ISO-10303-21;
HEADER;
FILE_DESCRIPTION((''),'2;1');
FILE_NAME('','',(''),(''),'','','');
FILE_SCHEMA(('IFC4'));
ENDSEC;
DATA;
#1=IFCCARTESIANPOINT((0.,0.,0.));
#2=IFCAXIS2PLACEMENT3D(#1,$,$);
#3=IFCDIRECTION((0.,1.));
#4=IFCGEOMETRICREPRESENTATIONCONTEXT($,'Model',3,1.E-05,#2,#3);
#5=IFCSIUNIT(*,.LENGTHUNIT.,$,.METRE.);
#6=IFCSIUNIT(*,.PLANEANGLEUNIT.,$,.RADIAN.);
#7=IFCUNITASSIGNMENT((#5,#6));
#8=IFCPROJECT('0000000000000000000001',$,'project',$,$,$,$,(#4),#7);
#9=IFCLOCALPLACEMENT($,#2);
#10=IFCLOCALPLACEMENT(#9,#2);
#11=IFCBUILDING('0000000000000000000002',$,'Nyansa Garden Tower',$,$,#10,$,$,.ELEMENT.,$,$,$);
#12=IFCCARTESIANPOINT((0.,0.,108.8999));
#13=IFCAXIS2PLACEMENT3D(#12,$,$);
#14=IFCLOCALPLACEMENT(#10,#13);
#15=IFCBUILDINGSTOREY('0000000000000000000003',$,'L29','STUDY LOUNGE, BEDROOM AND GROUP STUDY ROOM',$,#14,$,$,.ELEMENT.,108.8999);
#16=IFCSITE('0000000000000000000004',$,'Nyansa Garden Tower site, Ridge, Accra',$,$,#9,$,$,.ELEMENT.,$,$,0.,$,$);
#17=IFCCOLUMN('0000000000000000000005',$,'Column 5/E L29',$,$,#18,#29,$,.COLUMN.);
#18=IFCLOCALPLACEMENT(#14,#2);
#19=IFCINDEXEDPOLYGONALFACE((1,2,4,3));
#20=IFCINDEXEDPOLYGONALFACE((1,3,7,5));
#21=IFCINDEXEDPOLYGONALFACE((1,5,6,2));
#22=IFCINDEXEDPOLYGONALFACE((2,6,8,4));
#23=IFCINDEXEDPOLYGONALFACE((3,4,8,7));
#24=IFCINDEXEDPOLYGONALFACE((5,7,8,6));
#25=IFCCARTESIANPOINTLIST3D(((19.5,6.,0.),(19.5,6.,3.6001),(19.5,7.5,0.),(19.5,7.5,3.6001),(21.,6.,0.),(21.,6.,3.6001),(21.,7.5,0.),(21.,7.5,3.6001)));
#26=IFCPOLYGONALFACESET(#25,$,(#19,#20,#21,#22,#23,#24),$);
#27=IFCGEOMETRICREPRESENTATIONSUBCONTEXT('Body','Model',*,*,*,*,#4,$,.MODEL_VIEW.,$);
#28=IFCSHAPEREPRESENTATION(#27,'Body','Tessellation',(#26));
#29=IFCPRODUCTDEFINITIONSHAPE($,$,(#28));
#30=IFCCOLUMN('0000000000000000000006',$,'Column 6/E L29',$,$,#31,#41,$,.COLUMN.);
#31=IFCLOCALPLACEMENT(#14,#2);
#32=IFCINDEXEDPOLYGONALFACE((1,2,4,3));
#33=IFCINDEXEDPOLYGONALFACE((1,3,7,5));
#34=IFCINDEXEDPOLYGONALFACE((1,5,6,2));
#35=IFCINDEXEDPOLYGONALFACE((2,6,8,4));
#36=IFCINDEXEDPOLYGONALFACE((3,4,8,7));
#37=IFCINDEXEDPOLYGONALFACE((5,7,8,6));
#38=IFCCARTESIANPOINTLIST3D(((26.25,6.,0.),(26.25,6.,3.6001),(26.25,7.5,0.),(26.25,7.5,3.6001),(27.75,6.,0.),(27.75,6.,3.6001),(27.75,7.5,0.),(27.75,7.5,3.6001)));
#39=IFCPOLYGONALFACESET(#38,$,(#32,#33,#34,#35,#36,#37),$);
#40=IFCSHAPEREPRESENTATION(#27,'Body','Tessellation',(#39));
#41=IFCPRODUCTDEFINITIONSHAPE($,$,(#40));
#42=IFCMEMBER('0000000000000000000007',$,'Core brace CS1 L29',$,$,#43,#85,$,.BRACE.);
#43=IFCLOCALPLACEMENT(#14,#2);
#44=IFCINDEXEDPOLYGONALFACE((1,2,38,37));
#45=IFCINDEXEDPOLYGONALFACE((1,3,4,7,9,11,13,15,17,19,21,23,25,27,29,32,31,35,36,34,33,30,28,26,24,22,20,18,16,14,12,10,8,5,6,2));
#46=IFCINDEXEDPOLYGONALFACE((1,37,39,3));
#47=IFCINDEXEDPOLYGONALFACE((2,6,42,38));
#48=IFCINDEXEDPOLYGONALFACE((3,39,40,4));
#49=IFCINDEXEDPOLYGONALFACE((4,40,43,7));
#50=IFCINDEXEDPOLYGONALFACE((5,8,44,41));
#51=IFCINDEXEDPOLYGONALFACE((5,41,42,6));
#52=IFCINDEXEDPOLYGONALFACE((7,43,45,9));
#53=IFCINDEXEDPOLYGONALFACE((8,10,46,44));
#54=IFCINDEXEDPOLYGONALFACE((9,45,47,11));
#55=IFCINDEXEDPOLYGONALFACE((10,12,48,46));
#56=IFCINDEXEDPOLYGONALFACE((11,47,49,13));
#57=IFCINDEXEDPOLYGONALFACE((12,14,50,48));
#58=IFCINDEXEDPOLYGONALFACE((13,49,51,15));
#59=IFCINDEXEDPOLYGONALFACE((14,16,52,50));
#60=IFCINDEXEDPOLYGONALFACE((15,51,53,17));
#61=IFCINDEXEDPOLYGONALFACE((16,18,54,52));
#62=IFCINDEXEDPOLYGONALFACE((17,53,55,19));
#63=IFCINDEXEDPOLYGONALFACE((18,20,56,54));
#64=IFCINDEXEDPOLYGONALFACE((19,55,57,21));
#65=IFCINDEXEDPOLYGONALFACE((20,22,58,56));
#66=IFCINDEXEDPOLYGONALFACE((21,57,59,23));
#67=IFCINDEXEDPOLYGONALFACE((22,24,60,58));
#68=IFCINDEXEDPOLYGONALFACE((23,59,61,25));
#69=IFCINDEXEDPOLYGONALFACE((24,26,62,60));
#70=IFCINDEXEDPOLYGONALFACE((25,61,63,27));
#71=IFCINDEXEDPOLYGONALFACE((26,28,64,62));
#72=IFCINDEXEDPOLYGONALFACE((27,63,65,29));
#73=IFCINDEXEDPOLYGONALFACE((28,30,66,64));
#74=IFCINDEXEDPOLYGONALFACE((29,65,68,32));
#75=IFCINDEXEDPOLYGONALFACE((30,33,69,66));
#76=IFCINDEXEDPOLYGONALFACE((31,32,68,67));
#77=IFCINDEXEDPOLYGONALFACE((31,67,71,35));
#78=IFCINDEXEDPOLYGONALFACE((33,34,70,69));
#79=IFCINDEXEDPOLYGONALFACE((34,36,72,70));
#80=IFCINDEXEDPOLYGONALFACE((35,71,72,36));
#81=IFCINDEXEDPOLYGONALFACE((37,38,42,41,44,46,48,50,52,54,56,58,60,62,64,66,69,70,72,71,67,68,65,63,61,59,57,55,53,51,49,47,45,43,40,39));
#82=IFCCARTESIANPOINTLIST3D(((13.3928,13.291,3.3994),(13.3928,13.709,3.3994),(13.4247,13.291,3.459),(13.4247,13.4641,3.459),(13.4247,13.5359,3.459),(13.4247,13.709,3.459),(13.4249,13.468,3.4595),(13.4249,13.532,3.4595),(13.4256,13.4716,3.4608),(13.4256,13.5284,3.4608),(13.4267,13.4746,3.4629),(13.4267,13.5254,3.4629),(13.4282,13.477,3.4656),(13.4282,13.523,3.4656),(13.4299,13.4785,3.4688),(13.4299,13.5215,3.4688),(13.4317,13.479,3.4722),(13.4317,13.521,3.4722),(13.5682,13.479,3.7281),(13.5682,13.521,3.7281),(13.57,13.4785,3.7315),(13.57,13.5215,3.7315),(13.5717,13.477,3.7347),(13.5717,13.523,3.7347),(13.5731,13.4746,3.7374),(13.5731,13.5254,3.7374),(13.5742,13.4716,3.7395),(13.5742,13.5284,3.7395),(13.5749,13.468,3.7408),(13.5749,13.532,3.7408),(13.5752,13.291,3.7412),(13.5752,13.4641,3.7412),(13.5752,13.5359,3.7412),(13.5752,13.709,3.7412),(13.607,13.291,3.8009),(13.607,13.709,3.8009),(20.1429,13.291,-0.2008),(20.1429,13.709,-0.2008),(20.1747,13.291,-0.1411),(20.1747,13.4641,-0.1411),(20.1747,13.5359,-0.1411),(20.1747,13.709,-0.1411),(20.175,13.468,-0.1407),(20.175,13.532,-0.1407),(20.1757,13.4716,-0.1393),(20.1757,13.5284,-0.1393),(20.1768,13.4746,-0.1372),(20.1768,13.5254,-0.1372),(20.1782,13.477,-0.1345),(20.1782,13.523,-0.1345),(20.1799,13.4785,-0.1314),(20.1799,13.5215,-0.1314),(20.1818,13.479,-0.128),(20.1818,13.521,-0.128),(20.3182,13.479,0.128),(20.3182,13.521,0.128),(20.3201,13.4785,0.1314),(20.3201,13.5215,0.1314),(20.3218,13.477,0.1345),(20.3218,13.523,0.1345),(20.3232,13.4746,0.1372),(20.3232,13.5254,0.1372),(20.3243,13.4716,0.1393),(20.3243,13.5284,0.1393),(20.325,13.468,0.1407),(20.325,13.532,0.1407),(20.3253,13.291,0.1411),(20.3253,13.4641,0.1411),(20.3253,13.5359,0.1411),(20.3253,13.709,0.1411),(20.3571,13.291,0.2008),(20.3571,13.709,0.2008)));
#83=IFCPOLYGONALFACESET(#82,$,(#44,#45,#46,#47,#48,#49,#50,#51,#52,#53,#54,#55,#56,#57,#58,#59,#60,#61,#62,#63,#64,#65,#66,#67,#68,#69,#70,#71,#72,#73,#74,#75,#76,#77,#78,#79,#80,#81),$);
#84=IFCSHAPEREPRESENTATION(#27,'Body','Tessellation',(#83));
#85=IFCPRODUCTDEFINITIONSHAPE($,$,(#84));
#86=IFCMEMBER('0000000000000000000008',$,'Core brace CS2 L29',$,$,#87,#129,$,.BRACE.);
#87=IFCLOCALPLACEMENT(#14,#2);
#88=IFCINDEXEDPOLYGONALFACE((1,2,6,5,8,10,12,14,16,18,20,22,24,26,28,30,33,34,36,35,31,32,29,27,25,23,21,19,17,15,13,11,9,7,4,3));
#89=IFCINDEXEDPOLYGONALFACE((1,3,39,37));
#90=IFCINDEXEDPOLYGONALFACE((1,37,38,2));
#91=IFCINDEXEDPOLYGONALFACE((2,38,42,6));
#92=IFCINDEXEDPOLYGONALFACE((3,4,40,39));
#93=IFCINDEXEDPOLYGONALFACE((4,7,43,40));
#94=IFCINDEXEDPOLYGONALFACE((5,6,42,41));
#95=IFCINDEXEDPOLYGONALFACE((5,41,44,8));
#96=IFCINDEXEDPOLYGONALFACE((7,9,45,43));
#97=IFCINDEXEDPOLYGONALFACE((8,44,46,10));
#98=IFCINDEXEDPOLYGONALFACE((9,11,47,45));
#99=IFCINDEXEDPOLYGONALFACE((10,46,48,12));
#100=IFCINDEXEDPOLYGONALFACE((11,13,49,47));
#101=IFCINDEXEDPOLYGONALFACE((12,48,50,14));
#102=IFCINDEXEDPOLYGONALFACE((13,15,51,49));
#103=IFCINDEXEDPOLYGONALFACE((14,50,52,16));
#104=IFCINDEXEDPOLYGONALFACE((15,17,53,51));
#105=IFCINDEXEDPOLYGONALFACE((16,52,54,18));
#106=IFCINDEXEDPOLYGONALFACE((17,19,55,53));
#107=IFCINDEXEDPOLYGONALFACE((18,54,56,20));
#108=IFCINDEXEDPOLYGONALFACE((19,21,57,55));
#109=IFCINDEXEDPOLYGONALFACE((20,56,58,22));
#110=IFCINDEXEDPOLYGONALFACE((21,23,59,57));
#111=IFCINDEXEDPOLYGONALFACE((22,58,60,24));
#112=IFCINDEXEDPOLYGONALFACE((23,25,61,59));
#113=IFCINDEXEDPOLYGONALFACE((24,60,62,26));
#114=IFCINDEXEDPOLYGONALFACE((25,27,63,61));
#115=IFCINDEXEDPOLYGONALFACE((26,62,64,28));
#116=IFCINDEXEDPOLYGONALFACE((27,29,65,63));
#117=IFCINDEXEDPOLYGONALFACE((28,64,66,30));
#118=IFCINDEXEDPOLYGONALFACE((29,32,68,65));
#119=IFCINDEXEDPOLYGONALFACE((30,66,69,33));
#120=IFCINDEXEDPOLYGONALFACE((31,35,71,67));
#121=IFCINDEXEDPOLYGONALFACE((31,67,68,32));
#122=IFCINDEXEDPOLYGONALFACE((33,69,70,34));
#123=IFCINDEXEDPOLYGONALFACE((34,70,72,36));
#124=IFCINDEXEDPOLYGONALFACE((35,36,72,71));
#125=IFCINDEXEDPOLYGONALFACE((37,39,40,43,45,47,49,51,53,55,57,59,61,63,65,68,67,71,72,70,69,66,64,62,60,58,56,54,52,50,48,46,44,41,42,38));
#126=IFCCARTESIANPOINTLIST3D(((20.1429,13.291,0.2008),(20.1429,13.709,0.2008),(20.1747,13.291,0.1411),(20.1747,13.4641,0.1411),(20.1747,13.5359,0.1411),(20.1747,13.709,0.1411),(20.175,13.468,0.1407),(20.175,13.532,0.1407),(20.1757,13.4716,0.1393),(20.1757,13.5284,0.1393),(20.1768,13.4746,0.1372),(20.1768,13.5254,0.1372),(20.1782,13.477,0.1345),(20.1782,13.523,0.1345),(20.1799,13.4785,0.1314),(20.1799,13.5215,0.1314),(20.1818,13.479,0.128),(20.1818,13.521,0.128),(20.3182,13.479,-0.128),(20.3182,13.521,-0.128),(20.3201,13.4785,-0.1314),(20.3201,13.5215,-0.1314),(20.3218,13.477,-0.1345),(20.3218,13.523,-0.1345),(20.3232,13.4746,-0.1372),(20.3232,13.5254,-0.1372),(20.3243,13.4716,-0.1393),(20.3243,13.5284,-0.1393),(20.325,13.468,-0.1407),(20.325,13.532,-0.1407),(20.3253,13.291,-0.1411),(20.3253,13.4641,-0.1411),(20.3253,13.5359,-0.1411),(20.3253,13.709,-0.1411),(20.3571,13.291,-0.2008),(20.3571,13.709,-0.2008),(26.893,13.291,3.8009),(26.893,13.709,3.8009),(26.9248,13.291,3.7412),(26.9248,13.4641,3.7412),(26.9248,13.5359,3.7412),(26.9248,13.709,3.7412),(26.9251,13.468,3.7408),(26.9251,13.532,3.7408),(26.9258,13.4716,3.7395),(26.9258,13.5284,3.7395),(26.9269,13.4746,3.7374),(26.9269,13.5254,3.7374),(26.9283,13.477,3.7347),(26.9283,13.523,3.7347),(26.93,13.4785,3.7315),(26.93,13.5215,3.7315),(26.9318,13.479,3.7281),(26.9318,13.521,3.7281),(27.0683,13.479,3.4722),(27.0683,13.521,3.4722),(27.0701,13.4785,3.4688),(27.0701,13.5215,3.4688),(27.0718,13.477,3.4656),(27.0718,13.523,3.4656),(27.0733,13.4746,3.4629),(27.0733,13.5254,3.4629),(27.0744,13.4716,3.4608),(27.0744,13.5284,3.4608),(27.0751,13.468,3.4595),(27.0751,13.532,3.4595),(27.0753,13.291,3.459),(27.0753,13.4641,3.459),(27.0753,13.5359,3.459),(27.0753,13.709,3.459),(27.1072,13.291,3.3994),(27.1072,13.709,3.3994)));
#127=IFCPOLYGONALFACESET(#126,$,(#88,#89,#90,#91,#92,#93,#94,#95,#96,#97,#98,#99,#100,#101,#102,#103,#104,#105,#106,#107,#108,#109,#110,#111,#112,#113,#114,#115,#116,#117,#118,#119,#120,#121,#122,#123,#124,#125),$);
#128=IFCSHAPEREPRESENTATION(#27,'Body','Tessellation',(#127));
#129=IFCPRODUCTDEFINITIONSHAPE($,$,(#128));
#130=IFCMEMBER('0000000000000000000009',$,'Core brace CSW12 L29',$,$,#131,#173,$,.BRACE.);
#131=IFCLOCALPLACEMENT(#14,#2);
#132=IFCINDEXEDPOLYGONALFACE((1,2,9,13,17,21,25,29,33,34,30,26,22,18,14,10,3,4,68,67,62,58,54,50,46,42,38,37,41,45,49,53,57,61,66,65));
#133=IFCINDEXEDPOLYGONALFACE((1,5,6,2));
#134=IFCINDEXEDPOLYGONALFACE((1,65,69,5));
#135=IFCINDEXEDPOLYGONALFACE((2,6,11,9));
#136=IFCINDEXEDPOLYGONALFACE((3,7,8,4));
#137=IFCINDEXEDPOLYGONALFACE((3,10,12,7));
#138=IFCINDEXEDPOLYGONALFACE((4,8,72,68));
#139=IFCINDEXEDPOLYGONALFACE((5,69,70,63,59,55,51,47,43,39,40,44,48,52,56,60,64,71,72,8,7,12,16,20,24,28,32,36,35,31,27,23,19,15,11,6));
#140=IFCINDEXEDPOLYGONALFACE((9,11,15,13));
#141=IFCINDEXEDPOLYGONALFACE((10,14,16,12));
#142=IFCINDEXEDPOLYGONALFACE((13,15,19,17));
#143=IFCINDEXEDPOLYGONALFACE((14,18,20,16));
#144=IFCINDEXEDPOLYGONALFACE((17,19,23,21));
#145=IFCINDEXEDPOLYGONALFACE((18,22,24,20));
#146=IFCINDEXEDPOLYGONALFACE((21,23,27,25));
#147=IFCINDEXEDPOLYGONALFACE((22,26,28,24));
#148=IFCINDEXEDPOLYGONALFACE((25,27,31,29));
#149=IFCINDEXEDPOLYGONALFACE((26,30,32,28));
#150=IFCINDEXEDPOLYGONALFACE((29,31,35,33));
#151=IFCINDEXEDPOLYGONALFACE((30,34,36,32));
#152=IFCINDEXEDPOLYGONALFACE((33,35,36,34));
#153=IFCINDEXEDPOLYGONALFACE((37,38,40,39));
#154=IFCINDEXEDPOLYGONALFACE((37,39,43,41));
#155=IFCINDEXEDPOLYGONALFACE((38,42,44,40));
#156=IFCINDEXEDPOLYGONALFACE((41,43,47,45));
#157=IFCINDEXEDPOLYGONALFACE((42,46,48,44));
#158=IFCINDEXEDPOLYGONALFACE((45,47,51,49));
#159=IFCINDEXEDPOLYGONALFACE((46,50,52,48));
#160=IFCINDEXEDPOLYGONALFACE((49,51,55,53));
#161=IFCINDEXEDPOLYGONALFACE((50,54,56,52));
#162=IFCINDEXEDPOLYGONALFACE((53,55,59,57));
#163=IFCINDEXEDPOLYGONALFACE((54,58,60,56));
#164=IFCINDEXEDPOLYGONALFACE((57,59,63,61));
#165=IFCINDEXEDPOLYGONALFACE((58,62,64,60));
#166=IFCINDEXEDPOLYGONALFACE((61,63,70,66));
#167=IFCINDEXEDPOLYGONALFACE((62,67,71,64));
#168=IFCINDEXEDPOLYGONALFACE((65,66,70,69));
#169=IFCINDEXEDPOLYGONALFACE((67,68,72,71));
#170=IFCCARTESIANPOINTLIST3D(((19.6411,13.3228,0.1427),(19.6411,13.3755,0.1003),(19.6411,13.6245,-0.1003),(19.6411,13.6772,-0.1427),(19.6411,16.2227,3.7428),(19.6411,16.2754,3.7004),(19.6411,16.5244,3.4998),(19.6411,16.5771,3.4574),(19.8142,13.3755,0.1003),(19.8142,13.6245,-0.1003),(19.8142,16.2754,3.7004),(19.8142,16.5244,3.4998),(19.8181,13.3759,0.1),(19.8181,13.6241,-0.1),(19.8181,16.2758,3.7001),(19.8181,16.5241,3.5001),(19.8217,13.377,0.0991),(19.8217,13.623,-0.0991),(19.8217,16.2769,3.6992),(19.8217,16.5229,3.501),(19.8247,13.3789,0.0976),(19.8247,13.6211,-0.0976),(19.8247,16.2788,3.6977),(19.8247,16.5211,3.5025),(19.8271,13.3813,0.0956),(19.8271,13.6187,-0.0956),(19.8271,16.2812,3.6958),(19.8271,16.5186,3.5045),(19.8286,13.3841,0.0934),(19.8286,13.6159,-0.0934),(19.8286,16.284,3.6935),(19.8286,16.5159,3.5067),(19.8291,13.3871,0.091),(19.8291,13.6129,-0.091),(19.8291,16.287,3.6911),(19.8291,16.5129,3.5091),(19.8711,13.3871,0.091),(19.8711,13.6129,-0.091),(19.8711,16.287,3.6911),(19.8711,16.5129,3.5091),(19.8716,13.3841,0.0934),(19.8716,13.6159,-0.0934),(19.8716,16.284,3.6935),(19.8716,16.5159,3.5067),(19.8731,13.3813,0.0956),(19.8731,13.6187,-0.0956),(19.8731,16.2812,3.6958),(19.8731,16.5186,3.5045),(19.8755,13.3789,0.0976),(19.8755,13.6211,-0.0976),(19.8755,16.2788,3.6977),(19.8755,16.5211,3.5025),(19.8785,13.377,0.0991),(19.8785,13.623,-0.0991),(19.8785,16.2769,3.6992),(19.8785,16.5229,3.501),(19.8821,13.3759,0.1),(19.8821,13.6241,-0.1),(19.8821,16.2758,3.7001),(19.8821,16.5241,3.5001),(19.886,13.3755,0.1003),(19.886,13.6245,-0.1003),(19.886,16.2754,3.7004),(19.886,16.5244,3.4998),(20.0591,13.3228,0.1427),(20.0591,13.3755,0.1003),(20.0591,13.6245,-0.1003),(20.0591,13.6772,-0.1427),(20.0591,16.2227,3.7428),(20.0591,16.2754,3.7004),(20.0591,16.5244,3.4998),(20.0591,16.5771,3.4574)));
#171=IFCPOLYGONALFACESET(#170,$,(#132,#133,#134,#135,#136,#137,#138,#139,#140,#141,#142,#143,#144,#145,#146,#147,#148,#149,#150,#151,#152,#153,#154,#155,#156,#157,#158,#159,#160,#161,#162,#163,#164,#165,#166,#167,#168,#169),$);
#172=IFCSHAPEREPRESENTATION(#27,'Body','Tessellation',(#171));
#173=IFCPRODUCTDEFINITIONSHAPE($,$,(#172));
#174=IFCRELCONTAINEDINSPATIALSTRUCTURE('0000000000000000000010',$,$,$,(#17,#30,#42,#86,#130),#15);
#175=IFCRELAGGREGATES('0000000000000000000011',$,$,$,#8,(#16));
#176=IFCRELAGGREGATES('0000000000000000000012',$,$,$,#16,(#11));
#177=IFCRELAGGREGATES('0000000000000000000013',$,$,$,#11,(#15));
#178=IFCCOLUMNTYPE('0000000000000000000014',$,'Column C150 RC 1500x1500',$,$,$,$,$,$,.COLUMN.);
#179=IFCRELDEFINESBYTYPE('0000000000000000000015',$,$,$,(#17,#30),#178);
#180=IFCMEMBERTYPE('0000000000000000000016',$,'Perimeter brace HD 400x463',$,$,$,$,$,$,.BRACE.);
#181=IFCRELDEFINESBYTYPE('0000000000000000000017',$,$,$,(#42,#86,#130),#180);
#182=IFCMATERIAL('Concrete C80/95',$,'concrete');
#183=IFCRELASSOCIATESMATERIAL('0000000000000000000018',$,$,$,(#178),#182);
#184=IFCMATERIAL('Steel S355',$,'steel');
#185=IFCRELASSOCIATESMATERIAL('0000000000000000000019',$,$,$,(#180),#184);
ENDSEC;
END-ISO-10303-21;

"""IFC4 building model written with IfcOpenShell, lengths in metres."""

from ifc_helpers import new_model, si_unit, direction, frame, origin, origin_2d, place, context, subcontext, project, spatial, rectangle, i_section, extrude, material, material_profile, profile_set, type_object, element, save


model = new_model("IFC4")

# Units and contexts
model_context = context("Model", 3, precision=1e-05, world=origin(), true_north=direction((0.0, 1.0)))
body_context = subcontext(model_context, "Body", "Model", "MODEL_VIEW")
ifc_project = project(units=[si_unit("LENGTHUNIT", "METRE"), si_unit("PLANEANGLEUNIT", "RADIAN")], contexts=[model_context])

# Site, building, storey
site_placement = place(None, origin())
site = spatial("IfcSite", under=ifc_project, at=site_placement, Name="Nyansa Garden Tower site, Ridge, Accra", CompositionType="ELEMENT", RefElevation=0.0)
building_placement = place(site_placement, origin())
building = spatial("IfcBuilding", under=site, at=building_placement, Name="Nyansa Garden Tower", CompositionType="ELEMENT")
storey_placement = place(building_placement, frame((0.0, 0.0, 108.8999)))
storey = spatial("IfcBuildingStorey", under=building, at=storey_placement, Name="L29", Description="STUDY LOUNGE, BEDROOM AND GROUP STUDY ROOM", CompositionType="ELEMENT", Elevation=108.8999)

# Columns
ifc_material_1 = material(Name="Concrete C80/95", Category="concrete")
ifc_material_profile_1 = material_profile(ifc_material_1, rectangle(XDim=1.5, YDim=1.5, at=origin_2d()), Name="RC 1500x1500")
ifc_profile_set_1 = profile_set([ifc_material_profile_1], Name="Concrete C80/95")
column_type = type_object("IfcColumnType", Name="Column C150 RC 1500x1500", PredefinedType="COLUMN", material=ifc_profile_set_1)
for number, where, z_axis, x_axis, name in (
    (1, (20.25, 6.75, 0.0), (0.0, 0.0, 1.0), (1.0, 0.0, 0.0), "Column 5/E L29"),
    (2, (27.0, 6.75, 0.0), (0.0, 0.0, 1.0), (1.0, 0.0, 0.0), "Column 6/E L29"),
):
    element("IfcColumn", number, at=place(storey_placement, frame(where, z_axis=z_axis, x_axis=x_axis)), inside=storey, type_object=column_type, Name=name, PredefinedType="COLUMN", context=body_context, shape_type="SweptSolid", body=[
        extrude(rectangle(XDim=1.5, YDim=1.5, at=origin_2d()), origin(), (0.0, 0.0, 1.0), 3.6001),
    ])

# Members
ifc_material_2 = material(Name="Steel S355", Category="steel")
ifc_material_profile_2 = material_profile(ifc_material_2, i_section(OverallWidth=0.418, OverallDepth=0.4551, WebThickness=0.042, FlangeThickness=0.0676, FilletRadius=0.0149, at=origin_2d()), Name="HD 400x463")
ifc_profile_set_2 = profile_set([ifc_material_profile_2], Name="Steel S355")
member_type = type_object("IfcMemberType", Name="Perimeter brace HD 400x463", PredefinedType="BRACE", material=ifc_profile_set_2)
for number, where, z_axis, x_axis, name in (
    (3, (20.25, 13.5, 0.0), (-0.882348, 0.0, 0.470598), (0.0, -1.0, 0.0), "Core brace CS1 L29"),
    (4, (20.25, 13.5, 0.0), (0.882348, 0.0, 0.470598), (0.0, 1.0, 0.0), "Core brace CS2 L29"),
):
    element("IfcMember", number, at=place(storey_placement, frame(where, z_axis=z_axis, x_axis=x_axis)), inside=storey, type_object=member_type, Name=name, PredefinedType="BRACE", context=body_context, shape_type="SweptSolid", body=[
        extrude(i_section(OverallWidth=0.418, OverallDepth=0.4551, WebThickness=0.042, FlangeThickness=0.0676, FilletRadius=0.0149, at=origin_2d()), origin(), (0.0, 0.0, 1.0), 7.6501),
    ])
member_placement = place(storey_placement, frame((19.8501, 13.5, 0.0), z_axis=(0.0, 0.627306, 0.778773), x_axis=(-1.0, 0.0, 0.0)))
element("IfcMember", 5, at=member_placement, inside=storey, type_object=member_type, Name="Core brace CSW12 L29", PredefinedType="BRACE", context=body_context, shape_type="SweptSolid", body=[
    extrude(i_section(OverallWidth=0.418, OverallDepth=0.4551, WebThickness=0.042, FlangeThickness=0.0676, FilletRadius=0.0149, at=origin_2d()), origin(), (0.0, 0.0, 1.0), 4.6228),
])

save(model, "model.ifc")
